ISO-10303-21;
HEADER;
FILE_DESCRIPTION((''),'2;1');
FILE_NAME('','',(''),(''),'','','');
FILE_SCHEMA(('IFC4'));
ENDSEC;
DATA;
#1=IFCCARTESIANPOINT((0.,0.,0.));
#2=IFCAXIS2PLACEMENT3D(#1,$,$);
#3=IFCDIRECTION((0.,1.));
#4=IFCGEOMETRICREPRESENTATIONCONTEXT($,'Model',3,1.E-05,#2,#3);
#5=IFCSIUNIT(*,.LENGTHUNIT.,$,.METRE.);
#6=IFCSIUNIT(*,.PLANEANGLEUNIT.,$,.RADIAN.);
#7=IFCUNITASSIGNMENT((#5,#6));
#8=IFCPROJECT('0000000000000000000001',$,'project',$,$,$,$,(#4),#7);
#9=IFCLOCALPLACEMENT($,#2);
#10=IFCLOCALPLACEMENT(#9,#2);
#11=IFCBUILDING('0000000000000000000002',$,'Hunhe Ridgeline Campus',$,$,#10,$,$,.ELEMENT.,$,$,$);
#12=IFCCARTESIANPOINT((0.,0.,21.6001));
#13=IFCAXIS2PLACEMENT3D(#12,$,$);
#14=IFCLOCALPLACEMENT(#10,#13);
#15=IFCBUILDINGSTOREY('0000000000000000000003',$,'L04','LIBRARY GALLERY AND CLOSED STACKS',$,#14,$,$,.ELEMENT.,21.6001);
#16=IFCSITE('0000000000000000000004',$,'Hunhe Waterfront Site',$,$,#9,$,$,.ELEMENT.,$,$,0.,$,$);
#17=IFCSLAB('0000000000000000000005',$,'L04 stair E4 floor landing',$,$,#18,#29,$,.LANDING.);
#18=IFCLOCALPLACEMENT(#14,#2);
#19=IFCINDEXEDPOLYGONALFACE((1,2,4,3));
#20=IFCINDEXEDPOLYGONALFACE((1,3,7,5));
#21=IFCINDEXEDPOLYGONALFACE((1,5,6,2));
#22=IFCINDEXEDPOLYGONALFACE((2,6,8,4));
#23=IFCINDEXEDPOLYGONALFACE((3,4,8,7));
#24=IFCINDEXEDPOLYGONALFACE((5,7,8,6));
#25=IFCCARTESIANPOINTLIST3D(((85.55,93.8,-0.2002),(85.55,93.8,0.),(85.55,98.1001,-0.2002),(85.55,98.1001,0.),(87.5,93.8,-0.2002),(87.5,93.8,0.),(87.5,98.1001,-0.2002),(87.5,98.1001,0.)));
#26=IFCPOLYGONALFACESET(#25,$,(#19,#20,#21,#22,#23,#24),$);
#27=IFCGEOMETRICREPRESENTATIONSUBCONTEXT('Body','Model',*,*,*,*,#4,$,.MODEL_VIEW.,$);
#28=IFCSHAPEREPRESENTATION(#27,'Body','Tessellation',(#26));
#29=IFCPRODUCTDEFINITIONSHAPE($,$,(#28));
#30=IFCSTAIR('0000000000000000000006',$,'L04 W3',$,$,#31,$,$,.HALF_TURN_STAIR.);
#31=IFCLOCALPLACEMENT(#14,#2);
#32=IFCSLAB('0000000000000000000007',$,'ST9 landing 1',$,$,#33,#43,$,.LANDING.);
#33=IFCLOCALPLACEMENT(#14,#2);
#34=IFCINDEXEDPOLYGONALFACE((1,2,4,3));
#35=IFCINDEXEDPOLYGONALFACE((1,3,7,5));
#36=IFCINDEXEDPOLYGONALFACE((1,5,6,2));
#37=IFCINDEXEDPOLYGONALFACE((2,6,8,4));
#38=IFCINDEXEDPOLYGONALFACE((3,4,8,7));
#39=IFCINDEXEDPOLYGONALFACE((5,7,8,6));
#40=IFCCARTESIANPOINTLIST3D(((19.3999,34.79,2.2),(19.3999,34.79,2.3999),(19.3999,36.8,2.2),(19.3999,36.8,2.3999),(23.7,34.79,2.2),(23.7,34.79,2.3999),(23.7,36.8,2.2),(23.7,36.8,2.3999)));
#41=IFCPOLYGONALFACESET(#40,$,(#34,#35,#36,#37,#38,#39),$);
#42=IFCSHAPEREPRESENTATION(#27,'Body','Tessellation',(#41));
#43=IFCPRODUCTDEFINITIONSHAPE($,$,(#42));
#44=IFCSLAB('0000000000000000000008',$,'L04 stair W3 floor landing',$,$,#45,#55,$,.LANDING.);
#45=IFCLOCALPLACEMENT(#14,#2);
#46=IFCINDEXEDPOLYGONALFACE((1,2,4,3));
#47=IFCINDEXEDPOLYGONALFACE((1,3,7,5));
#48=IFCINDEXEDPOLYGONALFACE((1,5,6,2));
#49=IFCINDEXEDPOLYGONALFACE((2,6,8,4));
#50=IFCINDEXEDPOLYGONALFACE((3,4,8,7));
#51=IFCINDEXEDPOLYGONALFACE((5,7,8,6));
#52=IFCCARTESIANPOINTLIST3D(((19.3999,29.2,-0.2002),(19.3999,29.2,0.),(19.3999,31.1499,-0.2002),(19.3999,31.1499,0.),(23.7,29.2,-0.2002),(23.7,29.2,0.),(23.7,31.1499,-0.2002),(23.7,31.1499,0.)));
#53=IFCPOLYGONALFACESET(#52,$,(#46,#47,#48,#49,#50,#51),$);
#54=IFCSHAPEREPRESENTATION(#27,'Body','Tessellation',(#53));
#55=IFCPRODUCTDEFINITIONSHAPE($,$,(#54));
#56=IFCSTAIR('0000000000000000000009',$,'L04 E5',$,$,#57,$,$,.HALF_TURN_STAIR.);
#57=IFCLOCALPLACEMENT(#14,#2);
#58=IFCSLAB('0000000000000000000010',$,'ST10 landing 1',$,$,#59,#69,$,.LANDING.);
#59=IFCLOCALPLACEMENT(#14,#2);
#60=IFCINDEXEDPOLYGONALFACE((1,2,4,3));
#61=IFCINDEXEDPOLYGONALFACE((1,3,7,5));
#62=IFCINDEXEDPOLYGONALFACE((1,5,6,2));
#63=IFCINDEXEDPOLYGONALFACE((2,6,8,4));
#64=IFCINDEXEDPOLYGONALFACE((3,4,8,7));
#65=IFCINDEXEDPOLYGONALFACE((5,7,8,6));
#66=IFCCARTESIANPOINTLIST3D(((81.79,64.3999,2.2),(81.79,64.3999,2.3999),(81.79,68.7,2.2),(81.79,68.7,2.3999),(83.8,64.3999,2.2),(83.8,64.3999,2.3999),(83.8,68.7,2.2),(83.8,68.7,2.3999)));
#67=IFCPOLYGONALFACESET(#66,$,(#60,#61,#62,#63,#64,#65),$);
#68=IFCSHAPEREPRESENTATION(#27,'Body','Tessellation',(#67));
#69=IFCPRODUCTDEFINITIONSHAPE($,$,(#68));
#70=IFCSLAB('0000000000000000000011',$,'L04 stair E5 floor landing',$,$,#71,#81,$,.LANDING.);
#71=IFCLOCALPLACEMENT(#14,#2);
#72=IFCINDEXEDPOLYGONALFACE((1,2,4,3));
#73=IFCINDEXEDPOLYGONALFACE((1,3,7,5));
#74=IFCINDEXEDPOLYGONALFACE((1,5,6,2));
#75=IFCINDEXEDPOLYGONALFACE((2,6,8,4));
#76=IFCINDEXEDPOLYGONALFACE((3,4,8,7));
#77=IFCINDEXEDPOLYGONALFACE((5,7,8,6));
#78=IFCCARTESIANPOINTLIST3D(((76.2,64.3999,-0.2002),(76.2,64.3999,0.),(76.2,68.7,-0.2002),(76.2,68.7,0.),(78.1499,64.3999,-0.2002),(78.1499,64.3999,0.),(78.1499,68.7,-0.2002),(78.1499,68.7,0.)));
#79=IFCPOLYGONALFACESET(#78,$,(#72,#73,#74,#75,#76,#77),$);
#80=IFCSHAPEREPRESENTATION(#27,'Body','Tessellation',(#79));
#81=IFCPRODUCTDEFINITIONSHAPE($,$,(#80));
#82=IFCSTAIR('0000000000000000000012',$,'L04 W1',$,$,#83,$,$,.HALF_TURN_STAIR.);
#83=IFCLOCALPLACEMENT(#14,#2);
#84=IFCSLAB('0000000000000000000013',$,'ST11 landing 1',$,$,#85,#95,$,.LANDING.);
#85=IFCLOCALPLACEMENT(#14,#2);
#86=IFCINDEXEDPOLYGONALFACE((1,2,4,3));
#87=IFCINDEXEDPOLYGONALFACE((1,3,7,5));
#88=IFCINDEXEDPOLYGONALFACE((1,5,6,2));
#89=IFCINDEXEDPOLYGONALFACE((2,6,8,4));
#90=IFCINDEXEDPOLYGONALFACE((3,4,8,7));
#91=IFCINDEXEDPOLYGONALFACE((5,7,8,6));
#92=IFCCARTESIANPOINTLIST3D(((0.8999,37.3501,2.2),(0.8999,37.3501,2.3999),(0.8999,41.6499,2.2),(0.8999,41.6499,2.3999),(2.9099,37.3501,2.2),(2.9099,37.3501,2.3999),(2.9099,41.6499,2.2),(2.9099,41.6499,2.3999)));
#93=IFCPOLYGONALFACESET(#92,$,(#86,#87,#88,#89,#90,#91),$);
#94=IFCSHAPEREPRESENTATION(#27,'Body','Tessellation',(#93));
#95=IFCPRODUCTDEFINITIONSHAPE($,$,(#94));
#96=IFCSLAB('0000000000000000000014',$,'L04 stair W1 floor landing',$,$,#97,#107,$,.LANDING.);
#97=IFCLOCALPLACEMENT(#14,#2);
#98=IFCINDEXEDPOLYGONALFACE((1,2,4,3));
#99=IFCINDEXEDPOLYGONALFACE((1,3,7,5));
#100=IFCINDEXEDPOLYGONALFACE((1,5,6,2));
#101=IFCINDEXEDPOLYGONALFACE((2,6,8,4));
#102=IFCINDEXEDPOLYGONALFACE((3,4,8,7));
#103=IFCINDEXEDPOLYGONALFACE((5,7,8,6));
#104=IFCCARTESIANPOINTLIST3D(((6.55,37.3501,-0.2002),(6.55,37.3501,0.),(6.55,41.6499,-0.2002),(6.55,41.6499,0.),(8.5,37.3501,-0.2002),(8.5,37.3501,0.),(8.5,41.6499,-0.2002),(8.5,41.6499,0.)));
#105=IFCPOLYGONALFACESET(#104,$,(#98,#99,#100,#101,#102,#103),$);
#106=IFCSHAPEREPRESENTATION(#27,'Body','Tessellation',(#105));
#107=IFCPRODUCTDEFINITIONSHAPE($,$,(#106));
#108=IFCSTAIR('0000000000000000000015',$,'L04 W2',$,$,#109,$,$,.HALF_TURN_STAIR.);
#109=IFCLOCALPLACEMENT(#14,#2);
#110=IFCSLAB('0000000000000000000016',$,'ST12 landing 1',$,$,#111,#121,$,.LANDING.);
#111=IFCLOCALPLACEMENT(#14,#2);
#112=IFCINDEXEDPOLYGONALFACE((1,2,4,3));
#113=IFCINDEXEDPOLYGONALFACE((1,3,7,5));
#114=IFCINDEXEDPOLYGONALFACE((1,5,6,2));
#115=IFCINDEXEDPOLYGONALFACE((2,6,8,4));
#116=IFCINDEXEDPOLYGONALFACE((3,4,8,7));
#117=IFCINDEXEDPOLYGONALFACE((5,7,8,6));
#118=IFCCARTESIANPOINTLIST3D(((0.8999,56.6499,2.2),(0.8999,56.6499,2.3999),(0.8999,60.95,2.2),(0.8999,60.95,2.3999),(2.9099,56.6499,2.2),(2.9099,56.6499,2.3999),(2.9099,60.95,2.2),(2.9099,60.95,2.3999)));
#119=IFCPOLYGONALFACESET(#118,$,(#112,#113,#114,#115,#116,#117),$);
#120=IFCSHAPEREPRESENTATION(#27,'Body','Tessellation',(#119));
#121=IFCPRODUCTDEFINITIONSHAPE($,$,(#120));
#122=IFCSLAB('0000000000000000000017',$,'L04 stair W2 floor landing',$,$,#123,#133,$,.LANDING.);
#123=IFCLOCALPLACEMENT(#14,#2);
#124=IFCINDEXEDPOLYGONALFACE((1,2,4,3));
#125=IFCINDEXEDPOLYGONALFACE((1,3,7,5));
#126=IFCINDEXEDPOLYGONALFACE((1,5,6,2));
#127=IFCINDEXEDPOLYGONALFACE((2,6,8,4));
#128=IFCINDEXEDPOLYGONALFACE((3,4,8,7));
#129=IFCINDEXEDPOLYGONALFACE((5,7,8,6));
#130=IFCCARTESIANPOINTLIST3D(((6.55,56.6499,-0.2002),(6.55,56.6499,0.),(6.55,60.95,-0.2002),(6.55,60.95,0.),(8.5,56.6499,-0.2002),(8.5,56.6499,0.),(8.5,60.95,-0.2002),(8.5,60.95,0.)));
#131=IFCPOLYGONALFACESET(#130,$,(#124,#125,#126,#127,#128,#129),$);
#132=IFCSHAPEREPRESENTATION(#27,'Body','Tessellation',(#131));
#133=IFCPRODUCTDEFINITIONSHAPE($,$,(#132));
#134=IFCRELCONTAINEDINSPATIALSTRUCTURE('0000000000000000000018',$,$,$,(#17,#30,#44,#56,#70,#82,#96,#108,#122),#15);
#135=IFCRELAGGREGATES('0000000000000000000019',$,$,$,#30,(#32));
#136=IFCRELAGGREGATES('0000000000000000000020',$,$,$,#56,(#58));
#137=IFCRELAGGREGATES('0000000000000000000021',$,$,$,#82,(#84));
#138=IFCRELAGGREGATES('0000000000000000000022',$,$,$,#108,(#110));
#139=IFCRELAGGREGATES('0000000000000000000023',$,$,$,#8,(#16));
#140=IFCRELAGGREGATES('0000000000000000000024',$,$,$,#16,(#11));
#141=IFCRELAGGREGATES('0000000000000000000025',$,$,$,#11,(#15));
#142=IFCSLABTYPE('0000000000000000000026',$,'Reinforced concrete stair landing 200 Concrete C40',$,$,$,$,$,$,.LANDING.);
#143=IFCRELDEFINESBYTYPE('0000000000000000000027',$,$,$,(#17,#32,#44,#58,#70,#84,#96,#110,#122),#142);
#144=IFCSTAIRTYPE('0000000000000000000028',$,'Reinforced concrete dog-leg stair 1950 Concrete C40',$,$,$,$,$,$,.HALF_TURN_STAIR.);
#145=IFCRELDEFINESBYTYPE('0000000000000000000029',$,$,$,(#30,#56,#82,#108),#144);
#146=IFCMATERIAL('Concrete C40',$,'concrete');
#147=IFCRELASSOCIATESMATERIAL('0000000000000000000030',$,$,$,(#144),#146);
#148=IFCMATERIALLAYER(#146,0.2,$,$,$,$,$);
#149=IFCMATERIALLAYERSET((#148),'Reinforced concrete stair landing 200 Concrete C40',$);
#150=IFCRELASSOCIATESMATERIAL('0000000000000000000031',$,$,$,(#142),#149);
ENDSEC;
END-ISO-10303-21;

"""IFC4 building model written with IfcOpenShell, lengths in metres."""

from ifc_helpers import new_model, si_unit, direction, frame, origin, place, context, subcontext, project, spatial, polyline, outline, extrude, material, layer, layer_set, type_object, element, aggregate, save


model = new_model("IFC4")

# Units and contexts
model_context = context("Model", 3, precision=1e-05, world=origin(), true_north=direction((0.0, 1.0)))
body_context = subcontext(model_context, "Body", "Model", "MODEL_VIEW")
ifc_project = project(units=[si_unit("LENGTHUNIT", "METRE"), si_unit("PLANEANGLEUNIT", "RADIAN")], contexts=[model_context])

# Site, building, storey
site_placement = place(None, origin())
site = spatial("IfcSite", under=ifc_project, at=site_placement, Name="Hunhe Waterfront Site", CompositionType="ELEMENT", RefElevation=0.0)
building_placement = place(site_placement, origin())
building = spatial("IfcBuilding", under=site, at=building_placement, Name="Hunhe Ridgeline Campus", CompositionType="ELEMENT")
storey_placement = place(building_placement, frame((0.0, 0.0, 21.6001)))
storey = spatial("IfcBuildingStorey", under=building, at=storey_placement, Name="L04", Description="LIBRARY GALLERY AND CLOSED STACKS", CompositionType="ELEMENT", Elevation=21.6001)

# Shared definitions
ifc_material = material(Name="Concrete C40", Category="concrete")
stair_type = type_object("IfcStairType", Name="Reinforced concrete dog-leg stair 1950 Concrete C40", PredefinedType="HALF_TURN_STAIR", material=ifc_material)
ifc_layer = layer(ifc_material, 0.2)
ifc_layer_set = layer_set([ifc_layer], Name="Reinforced concrete stair landing 200 Concrete C40")
slab_type = type_object("IfcSlabType", Name="Reinforced concrete stair landing 200 Concrete C40", PredefinedType="LANDING", material=ifc_layer_set)

# Slab
slab_1_placement = place(storey_placement, frame((0.0, 0.0, -0.2002)))
element("IfcSlab", 1, at=slab_1_placement, inside=storey, type_object=slab_type, Name="L04 stair E4 floor landing", PredefinedType="LANDING", context=body_context, shape_type="SweptSolid", body=[
    extrude(outline(polyline([(85.55, 93.8), (87.5, 93.8), (87.5, 98.1001), (85.55, 98.1001), (85.55, 93.8)])), origin(), (0.0, 0.0, 1.0), 0.2002),
])

# Stair, slab
stair_1_placement = place(storey_placement, origin())
stair_1 = element("IfcStair", 2, at=stair_1_placement, inside=storey, type_object=stair_type, Name="L04 W3", PredefinedType="HALF_TURN_STAIR")
slab_2_placement = place(storey_placement, frame((0.0, 0.0, 2.2)))
slab_2 = element("IfcSlab", 3, at=slab_2_placement, type_object=slab_type, Name="ST9 landing 1", PredefinedType="LANDING", context=body_context, shape_type="SweptSolid", body=[
    extrude(outline(polyline([(23.7, 34.79), (23.7, 36.8), (19.3999, 36.8), (19.3999, 34.79), (23.7, 34.79)])), origin(), (0.0, 0.0, 1.0), 0.2),
])
aggregate(stair_1, [slab_2])

# Slab
slab_3_placement = place(storey_placement, frame((0.0, 0.0, -0.2002)))
element("IfcSlab", 4, at=slab_3_placement, inside=storey, type_object=slab_type, Name="L04 stair W3 floor landing", PredefinedType="LANDING", context=body_context, shape_type="SweptSolid", body=[
    extrude(outline(polyline([(23.7, 29.2), (23.7, 31.1499), (19.3999, 31.1499), (19.3999, 29.2), (23.7, 29.2)])), origin(), (0.0, 0.0, 1.0), 0.2002),
])

# Stair, slab
stair_2_placement = place(storey_placement, origin())
stair_2 = element("IfcStair", 5, at=stair_2_placement, inside=storey, type_object=stair_type, Name="L04 E5", PredefinedType="HALF_TURN_STAIR")
slab_4_placement = place(storey_placement, frame((0.0, 0.0, 2.2)))
slab_4 = element("IfcSlab", 6, at=slab_4_placement, type_object=slab_type, Name="ST10 landing 1", PredefinedType="LANDING", context=body_context, shape_type="SweptSolid", body=[
    extrude(outline(polyline([(81.79, 64.3999), (83.8, 64.3999), (83.8, 68.7), (81.79, 68.7), (81.79, 64.3999)])), origin(), (0.0, 0.0, 1.0), 0.2),
])
aggregate(stair_2, [slab_4])

# Slab
slab_5_placement = place(storey_placement, frame((0.0, 0.0, -0.2002)))
element("IfcSlab", 7, at=slab_5_placement, inside=storey, type_object=slab_type, Name="L04 stair E5 floor landing", PredefinedType="LANDING", context=body_context, shape_type="SweptSolid", body=[
    extrude(outline(polyline([(76.2, 64.3999), (78.1499, 64.3999), (78.1499, 68.7), (76.2, 68.7), (76.2, 64.3999)])), origin(), (0.0, 0.0, 1.0), 0.2002),
])

# Stair, slab
stair_3_placement = place(storey_placement, origin())
stair_3 = element("IfcStair", 8, at=stair_3_placement, inside=storey, type_object=stair_type, Name="L04 W1", PredefinedType="HALF_TURN_STAIR")
slab_6_placement = place(storey_placement, frame((0.0, 0.0, 2.2)))
slab_6 = element("IfcSlab", 9, at=slab_6_placement, type_object=slab_type, Name="ST11 landing 1", PredefinedType="LANDING", context=body_context, shape_type="SweptSolid", body=[
    extrude(outline(polyline([(2.9099, 41.6499), (0.8999, 41.6499), (0.8999, 37.3501), (2.9099, 37.3501), (2.9099, 41.6499)])), origin(), (0.0, 0.0, 1.0), 0.2),
])
aggregate(stair_3, [slab_6])

# Slab
slab_7_placement = place(storey_placement, frame((0.0, 0.0, -0.2002)))
element("IfcSlab", 10, at=slab_7_placement, inside=storey, type_object=slab_type, Name="L04 stair W1 floor landing", PredefinedType="LANDING", context=body_context, shape_type="SweptSolid", body=[
    extrude(outline(polyline([(8.5, 41.6499), (6.55, 41.6499), (6.55, 37.3501), (8.5, 37.3501), (8.5, 41.6499)])), origin(), (0.0, 0.0, 1.0), 0.2002),
])

# Stair, slab
stair_4_placement = place(storey_placement, origin())
stair_4 = element("IfcStair", 11, at=stair_4_placement, inside=storey, type_object=stair_type, Name="L04 W2", PredefinedType="HALF_TURN_STAIR")
slab_8_placement = place(storey_placement, frame((0.0, 0.0, 2.2)))
slab_8 = element("IfcSlab", 12, at=slab_8_placement, type_object=slab_type, Name="ST12 landing 1", PredefinedType="LANDING", context=body_context, shape_type="SweptSolid", body=[
    extrude(outline(polyline([(2.9099, 60.95), (0.8999, 60.95), (0.8999, 56.6499), (2.9099, 56.6499), (2.9099, 60.95)])), origin(), (0.0, 0.0, 1.0), 0.2),
])
aggregate(stair_4, [slab_8])

# Slab
slab_9_placement = place(storey_placement, frame((0.0, 0.0, -0.2002)))
element("IfcSlab", 13, at=slab_9_placement, inside=storey, type_object=slab_type, Name="L04 stair W2 floor landing", PredefinedType="LANDING", context=body_context, shape_type="SweptSolid", body=[
    extrude(outline(polyline([(8.5, 60.95), (6.55, 60.95), (6.55, 56.6499), (8.5, 56.6499), (8.5, 60.95)])), origin(), (0.0, 0.0, 1.0), 0.2002),
])

save(model, "model.ifc")
